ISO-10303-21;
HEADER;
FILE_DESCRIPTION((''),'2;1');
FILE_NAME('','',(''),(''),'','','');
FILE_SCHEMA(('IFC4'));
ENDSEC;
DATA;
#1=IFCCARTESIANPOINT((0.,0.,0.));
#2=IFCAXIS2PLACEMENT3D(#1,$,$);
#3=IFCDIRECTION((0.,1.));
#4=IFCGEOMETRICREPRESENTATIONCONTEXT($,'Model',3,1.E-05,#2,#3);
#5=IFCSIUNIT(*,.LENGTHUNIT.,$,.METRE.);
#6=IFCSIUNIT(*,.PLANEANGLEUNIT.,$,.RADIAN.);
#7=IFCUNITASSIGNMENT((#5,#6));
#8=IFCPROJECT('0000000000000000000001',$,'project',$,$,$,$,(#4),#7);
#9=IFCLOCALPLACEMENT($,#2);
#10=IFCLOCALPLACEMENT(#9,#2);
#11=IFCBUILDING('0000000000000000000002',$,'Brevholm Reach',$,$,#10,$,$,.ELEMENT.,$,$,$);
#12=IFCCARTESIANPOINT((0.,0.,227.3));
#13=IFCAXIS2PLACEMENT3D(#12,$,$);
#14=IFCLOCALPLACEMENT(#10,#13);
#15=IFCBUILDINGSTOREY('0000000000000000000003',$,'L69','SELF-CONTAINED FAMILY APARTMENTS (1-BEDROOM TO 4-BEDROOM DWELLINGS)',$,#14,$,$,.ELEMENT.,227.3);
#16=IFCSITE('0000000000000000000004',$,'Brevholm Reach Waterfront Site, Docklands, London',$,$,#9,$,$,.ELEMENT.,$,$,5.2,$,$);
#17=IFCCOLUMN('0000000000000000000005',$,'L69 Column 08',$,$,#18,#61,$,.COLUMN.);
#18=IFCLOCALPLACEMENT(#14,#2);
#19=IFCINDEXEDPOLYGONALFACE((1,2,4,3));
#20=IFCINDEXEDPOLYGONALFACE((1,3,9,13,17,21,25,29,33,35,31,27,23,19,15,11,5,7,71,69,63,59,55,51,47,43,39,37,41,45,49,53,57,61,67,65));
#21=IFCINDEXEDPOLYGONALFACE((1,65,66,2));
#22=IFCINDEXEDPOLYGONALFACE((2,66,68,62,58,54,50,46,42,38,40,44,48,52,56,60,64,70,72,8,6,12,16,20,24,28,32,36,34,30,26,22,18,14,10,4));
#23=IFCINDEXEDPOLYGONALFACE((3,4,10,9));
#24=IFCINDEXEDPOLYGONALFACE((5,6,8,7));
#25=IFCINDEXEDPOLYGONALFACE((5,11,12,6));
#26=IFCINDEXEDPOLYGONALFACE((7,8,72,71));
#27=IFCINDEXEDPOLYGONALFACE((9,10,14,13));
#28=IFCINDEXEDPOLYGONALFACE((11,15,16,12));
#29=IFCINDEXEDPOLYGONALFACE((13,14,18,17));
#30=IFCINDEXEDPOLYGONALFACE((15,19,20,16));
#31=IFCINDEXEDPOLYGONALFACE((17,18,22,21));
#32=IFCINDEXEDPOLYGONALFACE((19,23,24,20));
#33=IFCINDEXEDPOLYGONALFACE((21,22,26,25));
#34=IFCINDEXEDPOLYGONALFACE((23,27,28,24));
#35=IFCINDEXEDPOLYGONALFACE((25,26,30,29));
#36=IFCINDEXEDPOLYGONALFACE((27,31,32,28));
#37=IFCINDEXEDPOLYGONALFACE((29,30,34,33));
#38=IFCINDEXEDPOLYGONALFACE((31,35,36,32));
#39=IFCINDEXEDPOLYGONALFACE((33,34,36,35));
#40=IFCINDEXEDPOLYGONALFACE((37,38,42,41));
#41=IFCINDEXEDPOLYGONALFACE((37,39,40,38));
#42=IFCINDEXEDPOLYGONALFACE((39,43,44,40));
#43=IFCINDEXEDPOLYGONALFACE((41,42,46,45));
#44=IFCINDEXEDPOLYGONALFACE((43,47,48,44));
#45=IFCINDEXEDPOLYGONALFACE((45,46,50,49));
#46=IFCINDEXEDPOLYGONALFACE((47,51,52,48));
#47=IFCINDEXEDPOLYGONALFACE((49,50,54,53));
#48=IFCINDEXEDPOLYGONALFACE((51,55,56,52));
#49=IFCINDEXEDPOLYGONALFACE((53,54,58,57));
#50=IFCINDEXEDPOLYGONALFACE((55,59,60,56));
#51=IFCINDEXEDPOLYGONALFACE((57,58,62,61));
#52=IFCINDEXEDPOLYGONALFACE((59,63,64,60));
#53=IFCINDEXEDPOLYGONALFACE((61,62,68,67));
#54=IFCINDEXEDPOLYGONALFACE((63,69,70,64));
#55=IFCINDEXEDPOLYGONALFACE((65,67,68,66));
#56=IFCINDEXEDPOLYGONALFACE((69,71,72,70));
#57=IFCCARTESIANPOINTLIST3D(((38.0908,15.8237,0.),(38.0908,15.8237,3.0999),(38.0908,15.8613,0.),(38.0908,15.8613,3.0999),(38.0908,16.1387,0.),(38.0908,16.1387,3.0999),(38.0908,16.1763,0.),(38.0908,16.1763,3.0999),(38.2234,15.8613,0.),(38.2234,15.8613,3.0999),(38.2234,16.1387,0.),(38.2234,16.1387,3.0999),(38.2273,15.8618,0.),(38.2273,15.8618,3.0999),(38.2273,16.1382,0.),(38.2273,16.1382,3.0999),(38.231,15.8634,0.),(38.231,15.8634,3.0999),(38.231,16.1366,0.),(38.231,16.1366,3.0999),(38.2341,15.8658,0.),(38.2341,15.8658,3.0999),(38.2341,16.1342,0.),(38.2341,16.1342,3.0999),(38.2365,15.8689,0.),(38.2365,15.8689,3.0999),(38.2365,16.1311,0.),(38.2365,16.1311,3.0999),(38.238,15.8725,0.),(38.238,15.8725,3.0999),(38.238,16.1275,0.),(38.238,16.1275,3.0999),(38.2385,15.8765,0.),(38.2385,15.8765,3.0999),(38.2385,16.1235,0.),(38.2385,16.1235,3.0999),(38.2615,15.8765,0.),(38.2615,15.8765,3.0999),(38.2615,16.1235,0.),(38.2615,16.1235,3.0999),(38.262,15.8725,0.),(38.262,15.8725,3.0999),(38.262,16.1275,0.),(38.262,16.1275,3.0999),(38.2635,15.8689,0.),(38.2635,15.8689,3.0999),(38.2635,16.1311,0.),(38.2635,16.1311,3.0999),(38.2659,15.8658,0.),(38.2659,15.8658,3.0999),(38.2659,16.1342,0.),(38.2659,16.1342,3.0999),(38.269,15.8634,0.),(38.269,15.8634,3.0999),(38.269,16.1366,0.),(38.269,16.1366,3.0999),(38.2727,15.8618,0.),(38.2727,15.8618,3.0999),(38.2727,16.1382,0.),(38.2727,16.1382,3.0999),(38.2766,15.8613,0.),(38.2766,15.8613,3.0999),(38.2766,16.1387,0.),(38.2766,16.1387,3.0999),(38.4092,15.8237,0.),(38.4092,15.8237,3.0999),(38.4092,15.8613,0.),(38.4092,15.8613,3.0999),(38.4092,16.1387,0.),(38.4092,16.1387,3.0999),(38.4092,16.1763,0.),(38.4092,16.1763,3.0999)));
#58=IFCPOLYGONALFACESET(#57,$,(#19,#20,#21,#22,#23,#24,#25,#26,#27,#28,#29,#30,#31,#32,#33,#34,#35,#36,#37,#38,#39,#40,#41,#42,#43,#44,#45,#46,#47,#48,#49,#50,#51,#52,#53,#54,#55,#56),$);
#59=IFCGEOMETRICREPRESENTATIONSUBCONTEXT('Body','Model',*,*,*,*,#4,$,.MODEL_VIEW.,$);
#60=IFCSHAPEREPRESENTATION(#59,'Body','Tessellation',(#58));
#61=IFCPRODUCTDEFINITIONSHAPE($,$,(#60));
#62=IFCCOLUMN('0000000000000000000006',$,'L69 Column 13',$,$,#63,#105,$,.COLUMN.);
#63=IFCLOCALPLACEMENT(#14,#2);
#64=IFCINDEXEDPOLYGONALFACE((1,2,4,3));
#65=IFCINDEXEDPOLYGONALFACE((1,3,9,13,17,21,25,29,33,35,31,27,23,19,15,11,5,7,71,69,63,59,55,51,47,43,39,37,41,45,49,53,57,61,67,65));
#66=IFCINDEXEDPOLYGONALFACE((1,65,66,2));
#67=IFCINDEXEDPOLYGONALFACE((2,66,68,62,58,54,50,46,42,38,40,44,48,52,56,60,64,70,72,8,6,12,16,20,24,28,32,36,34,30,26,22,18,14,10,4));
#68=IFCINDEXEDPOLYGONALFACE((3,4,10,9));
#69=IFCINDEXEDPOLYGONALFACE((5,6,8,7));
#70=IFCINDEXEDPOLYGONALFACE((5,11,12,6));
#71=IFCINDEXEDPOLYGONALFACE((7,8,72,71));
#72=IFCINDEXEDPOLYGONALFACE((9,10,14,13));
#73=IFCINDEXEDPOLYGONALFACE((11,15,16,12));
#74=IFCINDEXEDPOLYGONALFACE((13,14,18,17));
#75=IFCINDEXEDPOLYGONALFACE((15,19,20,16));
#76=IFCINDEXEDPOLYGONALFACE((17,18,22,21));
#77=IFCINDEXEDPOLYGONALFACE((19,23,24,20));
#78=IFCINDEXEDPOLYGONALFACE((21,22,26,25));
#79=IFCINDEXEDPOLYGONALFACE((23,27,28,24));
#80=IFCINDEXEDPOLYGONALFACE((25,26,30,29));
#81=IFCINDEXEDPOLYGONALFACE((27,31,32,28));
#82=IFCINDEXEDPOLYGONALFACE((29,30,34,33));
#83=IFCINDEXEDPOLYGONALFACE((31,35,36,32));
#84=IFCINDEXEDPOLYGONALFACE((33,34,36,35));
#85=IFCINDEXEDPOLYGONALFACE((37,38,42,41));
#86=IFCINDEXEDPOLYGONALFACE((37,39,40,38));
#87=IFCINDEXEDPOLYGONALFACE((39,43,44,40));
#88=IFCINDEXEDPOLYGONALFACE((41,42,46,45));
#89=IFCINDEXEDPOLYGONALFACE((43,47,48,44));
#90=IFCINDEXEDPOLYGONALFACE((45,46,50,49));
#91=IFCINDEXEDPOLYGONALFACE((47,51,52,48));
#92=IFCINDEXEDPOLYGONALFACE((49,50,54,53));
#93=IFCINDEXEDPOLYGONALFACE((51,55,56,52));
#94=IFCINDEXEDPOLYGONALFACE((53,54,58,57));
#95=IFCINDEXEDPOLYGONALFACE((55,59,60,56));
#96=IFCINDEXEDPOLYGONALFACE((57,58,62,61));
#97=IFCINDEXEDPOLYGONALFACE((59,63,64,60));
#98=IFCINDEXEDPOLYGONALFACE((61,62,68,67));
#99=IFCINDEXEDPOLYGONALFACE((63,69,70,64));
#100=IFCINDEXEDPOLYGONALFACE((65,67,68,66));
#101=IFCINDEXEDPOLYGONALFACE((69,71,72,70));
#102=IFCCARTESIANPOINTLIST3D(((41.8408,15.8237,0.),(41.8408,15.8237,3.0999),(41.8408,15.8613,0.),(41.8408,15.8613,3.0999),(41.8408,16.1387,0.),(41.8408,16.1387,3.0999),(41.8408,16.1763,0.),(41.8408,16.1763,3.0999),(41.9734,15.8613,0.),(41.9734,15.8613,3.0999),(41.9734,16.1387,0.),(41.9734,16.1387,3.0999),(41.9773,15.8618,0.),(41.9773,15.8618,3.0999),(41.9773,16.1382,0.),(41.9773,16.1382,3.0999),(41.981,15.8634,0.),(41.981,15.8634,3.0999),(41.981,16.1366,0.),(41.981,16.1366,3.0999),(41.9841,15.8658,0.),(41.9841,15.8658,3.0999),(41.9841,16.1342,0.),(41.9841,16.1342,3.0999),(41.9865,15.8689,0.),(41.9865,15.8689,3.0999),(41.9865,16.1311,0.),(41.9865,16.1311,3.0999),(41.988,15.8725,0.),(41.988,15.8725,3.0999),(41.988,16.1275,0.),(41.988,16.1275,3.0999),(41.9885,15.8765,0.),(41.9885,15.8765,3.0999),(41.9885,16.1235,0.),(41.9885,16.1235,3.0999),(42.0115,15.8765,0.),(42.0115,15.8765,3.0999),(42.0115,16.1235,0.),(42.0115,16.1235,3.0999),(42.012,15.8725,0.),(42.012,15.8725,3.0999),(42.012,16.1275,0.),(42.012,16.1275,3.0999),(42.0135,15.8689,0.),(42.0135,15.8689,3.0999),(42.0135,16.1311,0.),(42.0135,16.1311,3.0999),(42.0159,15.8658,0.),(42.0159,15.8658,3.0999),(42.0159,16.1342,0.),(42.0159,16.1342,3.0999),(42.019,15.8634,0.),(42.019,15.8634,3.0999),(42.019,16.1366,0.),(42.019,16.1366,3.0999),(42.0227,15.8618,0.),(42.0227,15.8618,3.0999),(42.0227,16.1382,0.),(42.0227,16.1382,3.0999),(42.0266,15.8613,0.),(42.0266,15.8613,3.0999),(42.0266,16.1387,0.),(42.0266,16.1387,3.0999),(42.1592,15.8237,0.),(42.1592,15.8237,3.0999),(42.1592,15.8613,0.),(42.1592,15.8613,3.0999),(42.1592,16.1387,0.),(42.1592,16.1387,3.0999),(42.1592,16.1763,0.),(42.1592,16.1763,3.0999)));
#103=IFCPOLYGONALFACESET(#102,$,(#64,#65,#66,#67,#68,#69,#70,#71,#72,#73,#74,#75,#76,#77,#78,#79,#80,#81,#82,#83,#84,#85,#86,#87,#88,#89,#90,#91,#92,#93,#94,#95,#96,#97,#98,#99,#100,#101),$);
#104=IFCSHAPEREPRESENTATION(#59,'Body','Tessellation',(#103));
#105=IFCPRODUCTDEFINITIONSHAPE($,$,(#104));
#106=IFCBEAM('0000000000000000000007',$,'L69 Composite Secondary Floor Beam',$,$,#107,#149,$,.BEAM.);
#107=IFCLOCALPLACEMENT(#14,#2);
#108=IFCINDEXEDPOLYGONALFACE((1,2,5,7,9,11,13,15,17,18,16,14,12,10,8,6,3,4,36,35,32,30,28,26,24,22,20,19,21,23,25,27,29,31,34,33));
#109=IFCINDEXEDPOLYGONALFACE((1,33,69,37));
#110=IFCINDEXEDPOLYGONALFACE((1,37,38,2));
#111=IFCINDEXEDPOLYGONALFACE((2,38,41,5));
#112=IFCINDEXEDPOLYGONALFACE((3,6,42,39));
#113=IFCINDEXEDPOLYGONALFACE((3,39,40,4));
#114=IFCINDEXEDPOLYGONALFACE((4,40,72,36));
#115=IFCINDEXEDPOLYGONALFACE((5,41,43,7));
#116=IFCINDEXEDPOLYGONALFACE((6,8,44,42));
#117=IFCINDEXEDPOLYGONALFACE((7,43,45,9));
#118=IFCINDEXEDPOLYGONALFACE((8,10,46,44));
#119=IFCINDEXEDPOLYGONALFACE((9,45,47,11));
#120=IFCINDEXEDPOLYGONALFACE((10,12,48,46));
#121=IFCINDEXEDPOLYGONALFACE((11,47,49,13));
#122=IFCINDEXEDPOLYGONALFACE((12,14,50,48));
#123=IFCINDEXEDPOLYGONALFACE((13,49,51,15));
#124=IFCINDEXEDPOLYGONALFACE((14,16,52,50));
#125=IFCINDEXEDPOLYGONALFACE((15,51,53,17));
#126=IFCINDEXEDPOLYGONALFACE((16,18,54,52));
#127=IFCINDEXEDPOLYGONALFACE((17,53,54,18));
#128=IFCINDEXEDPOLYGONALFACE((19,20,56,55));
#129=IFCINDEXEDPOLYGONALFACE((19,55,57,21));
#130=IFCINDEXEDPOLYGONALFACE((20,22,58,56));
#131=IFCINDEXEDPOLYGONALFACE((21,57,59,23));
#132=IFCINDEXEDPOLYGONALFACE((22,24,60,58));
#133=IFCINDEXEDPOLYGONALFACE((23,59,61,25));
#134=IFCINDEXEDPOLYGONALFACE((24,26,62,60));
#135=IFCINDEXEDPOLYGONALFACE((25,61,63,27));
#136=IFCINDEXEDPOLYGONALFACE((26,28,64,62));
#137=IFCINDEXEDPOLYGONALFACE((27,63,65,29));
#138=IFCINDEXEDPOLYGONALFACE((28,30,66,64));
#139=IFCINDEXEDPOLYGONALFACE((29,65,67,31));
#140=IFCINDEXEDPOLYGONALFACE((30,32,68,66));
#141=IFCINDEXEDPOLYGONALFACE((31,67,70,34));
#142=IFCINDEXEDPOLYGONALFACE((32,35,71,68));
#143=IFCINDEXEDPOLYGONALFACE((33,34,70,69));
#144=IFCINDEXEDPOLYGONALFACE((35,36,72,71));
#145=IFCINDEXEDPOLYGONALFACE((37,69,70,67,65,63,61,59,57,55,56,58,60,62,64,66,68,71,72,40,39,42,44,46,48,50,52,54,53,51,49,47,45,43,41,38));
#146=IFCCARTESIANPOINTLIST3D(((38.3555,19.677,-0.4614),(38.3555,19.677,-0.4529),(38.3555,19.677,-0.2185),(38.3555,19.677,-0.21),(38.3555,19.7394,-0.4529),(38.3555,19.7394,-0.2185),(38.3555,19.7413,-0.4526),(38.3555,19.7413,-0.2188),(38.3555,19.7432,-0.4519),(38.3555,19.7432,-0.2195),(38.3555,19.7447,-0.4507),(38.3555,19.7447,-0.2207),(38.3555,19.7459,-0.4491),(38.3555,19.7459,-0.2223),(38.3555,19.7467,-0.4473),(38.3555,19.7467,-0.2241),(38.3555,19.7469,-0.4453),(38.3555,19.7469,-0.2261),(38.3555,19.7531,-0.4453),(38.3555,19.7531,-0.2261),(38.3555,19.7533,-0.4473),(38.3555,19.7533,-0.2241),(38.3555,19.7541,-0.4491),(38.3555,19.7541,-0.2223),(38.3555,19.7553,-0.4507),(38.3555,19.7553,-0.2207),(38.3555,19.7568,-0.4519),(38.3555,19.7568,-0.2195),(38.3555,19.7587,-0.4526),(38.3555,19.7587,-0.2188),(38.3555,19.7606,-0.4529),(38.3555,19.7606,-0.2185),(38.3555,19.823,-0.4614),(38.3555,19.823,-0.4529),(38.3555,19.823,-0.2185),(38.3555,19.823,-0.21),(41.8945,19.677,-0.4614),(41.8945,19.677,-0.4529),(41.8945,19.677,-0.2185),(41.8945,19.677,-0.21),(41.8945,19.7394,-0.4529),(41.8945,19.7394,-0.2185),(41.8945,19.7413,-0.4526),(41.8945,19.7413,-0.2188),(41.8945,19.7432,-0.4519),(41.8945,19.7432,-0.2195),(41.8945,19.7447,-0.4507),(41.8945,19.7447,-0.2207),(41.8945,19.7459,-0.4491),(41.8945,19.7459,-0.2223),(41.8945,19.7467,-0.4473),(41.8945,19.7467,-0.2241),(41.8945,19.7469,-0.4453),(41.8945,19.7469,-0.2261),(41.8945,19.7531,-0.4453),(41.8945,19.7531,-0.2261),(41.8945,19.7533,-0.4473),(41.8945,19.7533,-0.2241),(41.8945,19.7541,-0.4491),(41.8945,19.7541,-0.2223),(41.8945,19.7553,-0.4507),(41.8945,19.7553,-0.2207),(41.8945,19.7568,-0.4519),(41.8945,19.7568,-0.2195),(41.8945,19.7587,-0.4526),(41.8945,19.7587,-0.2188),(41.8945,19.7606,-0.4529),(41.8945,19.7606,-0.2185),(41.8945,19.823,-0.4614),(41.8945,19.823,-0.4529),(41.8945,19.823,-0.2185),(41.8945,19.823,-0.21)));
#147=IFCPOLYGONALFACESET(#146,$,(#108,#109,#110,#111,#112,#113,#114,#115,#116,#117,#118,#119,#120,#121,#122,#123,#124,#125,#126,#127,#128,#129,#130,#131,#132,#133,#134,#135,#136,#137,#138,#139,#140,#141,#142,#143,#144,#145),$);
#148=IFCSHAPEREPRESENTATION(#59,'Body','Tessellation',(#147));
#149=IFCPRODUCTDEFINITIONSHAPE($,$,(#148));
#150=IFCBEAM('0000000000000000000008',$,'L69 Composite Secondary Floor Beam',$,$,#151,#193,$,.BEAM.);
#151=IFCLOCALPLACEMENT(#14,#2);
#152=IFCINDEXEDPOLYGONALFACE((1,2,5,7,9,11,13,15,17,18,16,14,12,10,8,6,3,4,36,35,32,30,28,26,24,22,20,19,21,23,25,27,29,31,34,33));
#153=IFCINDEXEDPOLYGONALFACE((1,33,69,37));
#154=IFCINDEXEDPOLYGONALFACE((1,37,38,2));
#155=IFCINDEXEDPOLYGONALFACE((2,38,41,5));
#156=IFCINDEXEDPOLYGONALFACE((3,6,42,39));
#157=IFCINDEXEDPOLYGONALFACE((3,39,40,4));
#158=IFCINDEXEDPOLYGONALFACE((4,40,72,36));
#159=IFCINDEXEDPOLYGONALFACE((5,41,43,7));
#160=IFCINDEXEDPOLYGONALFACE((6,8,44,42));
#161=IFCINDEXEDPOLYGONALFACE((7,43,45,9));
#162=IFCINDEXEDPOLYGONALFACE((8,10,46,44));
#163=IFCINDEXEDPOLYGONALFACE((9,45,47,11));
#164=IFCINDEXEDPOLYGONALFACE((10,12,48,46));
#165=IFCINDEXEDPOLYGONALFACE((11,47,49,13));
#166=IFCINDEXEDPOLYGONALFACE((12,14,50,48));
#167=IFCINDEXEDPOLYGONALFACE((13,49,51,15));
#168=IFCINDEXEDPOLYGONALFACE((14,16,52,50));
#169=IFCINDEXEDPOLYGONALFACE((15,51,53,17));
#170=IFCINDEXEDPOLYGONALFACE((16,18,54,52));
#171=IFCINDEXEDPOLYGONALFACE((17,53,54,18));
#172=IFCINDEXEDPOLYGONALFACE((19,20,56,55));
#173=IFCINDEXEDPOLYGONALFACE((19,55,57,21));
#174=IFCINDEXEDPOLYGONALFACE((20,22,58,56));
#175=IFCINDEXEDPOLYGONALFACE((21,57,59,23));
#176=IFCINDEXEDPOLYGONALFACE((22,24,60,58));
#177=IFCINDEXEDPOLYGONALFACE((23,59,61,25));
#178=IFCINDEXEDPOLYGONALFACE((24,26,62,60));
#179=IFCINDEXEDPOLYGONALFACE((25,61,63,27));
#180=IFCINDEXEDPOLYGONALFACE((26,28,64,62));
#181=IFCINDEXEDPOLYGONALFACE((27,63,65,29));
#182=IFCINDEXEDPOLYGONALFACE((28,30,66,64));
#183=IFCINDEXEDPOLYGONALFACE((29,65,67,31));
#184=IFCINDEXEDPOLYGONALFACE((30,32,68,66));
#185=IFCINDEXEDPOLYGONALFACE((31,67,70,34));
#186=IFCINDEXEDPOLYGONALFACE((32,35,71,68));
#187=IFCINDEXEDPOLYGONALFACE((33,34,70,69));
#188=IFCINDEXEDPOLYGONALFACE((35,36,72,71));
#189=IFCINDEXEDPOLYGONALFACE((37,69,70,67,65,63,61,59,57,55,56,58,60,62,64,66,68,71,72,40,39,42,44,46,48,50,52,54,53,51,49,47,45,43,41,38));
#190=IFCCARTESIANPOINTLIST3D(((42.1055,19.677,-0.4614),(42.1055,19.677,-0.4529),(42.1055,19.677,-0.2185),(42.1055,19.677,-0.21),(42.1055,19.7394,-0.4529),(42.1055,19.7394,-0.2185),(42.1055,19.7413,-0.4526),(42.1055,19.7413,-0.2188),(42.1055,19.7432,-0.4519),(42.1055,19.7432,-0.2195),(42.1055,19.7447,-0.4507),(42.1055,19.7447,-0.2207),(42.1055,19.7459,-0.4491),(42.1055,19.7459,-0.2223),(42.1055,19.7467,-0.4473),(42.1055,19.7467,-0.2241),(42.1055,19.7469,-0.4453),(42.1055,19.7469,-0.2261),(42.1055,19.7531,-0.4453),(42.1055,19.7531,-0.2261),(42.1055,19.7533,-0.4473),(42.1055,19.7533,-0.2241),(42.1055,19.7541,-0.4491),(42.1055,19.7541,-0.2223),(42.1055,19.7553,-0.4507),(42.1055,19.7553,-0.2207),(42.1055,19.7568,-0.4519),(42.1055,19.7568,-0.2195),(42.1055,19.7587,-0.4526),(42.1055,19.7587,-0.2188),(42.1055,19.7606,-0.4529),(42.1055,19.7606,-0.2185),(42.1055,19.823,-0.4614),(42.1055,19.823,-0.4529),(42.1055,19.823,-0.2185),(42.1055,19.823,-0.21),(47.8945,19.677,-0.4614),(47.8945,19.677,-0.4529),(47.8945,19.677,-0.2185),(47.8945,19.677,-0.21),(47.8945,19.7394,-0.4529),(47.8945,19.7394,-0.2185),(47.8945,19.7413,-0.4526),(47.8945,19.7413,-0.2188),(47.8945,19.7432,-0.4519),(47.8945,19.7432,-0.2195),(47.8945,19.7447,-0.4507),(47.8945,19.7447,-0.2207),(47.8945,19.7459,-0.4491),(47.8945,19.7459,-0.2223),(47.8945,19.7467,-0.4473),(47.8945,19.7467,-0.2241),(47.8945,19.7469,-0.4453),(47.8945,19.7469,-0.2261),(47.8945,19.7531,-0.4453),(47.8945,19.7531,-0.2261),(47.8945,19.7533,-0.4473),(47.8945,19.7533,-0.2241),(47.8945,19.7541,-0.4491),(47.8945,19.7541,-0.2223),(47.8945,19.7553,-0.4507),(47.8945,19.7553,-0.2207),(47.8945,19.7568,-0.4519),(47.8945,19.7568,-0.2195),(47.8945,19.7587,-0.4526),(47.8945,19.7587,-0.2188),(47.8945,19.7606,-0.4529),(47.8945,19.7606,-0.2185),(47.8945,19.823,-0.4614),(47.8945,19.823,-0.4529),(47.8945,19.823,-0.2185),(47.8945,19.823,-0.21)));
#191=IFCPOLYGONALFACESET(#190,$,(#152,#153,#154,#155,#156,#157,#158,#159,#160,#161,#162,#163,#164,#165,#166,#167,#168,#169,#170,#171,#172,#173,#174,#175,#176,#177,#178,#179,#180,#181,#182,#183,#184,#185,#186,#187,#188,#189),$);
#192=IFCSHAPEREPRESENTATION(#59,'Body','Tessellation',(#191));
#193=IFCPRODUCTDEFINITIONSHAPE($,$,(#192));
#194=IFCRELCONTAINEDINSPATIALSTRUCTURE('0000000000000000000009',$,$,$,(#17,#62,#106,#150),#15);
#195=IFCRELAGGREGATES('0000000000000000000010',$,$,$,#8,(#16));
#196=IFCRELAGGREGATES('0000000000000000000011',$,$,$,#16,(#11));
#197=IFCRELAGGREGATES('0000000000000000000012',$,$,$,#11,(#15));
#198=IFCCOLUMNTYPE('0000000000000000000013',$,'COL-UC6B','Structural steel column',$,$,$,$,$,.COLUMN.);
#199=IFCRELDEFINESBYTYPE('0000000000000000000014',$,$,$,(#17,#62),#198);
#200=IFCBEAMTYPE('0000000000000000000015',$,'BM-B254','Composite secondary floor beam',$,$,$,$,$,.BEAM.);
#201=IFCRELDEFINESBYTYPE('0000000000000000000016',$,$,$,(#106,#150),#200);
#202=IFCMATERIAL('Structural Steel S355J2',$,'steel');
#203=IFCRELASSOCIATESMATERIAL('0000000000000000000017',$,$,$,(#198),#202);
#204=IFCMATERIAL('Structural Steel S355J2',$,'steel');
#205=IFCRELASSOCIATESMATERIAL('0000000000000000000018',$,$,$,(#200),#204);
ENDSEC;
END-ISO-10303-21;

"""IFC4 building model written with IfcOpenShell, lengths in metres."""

from ifc_helpers import new_model, si_unit, direction, frame, origin, origin_2d, place, context, subcontext, project, spatial, i_section, extrude, material, material_profile, profile_set, type_object, element, save


model = new_model("IFC4")

# Units and contexts
model_context = context("Model", 3, precision=1e-05, world=origin(), true_north=direction((0.0, 1.0)))
body_context = subcontext(model_context, "Body", "Model", "MODEL_VIEW")
ifc_project = project(units=[si_unit("LENGTHUNIT", "METRE"), si_unit("PLANEANGLEUNIT", "RADIAN")], contexts=[model_context])

# Site, building, storey
site_placement = place(None, origin())
site = spatial("IfcSite", under=ifc_project, at=site_placement, Name="Brevholm Reach Waterfront Site, Docklands, London", CompositionType="ELEMENT", RefElevation=5.2)
building_placement = place(site_placement, origin())
building = spatial("IfcBuilding", under=site, at=building_placement, Name="Brevholm Reach", CompositionType="ELEMENT")
storey_placement = place(building_placement, frame((0.0, 0.0, 227.3)))
storey = spatial("IfcBuildingStorey", under=building, at=storey_placement, Name="L69", Description="SELF-CONTAINED FAMILY APARTMENTS (1-BEDROOM TO 4-BEDROOM DWELLINGS)", CompositionType="ELEMENT", Elevation=227.3)

# Columns
ifc_material_1 = material(Name="Structural Steel S355J2", Category="steel")
ifc_material_profile_1 = material_profile(ifc_material_1, i_section(OverallWidth=0.3184, OverallDepth=0.3525, WebThickness=0.0229, FlangeThickness=0.0376, FilletRadius=0.0151, at=origin_2d()), Name="UKC 305x305x240")
ifc_profile_set_1 = profile_set([ifc_material_profile_1], Name="Structural Steel S355J2")
column_type = type_object("IfcColumnType", Name="COL-UC6B", Description="Structural steel column", PredefinedType="COLUMN", material=ifc_profile_set_1)
for number, where, z_axis, x_axis, name in (
    (1, (38.25, 16.0, 0.0), (0.0, 0.0, 1.0), (1.0, 0.0, 0.0), "L69 Column 08"),
    (2, (42.0, 16.0, 0.0), (0.0, 0.0, 1.0), (1.0, 0.0, 0.0), "L69 Column 13"),
):
    element("IfcColumn", number, at=place(storey_placement, frame(where, z_axis=z_axis, x_axis=x_axis)), inside=storey, type_object=column_type, Name=name, PredefinedType="COLUMN", context=body_context, shape_type="SweptSolid", body=[
        extrude(i_section(OverallWidth=0.3184, OverallDepth=0.3525, WebThickness=0.0229, FlangeThickness=0.0376, FilletRadius=0.0151, at=origin_2d()), origin(), (0.0, 0.0, 1.0), 3.0999),
    ])

# Beams
ifc_material_2 = material(Name="Structural Steel S355J2", Category="steel")
ifc_material_profile_2 = material_profile(ifc_material_2, i_section(OverallWidth=0.146, OverallDepth=0.2515, WebThickness=0.0061, FlangeThickness=0.0085, FilletRadius=0.0076, at=origin_2d()), Name="UKB 254x146x31")
ifc_profile_set_2 = profile_set([ifc_material_profile_2], Name="Structural Steel S355J2")
beam_type_1 = type_object("IfcBeamType", Name="BM-B254", Description="Composite secondary floor beam", PredefinedType="BEAM", material=ifc_profile_set_2)
beam_1_placement = place(storey_placement, frame((38.3555, 19.75, -0.3357), z_axis=(1.0, 0.0, 0.0), x_axis=(0.0, 1.0, 0.0)))
element("IfcBeam", 3, at=beam_1_placement, inside=storey, type_object=beam_type_1, Name="L69 Composite Secondary Floor Beam", PredefinedType="BEAM", context=body_context, shape_type="SweptSolid", body=[
    extrude(i_section(OverallWidth=0.146, OverallDepth=0.2515, WebThickness=0.0061, FlangeThickness=0.0085, FilletRadius=0.0076, at=origin_2d()), origin(), (0.0, 0.0, 1.0), 3.5391),
])
beam_2_placement = place(storey_placement, frame((42.1055, 19.75, -0.3357), z_axis=(1.0, 0.0, 0.0), x_axis=(0.0, 1.0, 0.0)))
element("IfcBeam", 4, at=beam_2_placement, inside=storey, type_object=beam_type_1, Name="L69 Composite Secondary Floor Beam", PredefinedType="BEAM", context=body_context, shape_type="SweptSolid", body=[
    extrude(i_section(OverallWidth=0.146, OverallDepth=0.2515, WebThickness=0.0061, FlangeThickness=0.0085, FilletRadius=0.0076, at=origin_2d()), origin(), (0.0, 0.0, 1.0), 5.7891),
])

save(model, "model.ifc")
